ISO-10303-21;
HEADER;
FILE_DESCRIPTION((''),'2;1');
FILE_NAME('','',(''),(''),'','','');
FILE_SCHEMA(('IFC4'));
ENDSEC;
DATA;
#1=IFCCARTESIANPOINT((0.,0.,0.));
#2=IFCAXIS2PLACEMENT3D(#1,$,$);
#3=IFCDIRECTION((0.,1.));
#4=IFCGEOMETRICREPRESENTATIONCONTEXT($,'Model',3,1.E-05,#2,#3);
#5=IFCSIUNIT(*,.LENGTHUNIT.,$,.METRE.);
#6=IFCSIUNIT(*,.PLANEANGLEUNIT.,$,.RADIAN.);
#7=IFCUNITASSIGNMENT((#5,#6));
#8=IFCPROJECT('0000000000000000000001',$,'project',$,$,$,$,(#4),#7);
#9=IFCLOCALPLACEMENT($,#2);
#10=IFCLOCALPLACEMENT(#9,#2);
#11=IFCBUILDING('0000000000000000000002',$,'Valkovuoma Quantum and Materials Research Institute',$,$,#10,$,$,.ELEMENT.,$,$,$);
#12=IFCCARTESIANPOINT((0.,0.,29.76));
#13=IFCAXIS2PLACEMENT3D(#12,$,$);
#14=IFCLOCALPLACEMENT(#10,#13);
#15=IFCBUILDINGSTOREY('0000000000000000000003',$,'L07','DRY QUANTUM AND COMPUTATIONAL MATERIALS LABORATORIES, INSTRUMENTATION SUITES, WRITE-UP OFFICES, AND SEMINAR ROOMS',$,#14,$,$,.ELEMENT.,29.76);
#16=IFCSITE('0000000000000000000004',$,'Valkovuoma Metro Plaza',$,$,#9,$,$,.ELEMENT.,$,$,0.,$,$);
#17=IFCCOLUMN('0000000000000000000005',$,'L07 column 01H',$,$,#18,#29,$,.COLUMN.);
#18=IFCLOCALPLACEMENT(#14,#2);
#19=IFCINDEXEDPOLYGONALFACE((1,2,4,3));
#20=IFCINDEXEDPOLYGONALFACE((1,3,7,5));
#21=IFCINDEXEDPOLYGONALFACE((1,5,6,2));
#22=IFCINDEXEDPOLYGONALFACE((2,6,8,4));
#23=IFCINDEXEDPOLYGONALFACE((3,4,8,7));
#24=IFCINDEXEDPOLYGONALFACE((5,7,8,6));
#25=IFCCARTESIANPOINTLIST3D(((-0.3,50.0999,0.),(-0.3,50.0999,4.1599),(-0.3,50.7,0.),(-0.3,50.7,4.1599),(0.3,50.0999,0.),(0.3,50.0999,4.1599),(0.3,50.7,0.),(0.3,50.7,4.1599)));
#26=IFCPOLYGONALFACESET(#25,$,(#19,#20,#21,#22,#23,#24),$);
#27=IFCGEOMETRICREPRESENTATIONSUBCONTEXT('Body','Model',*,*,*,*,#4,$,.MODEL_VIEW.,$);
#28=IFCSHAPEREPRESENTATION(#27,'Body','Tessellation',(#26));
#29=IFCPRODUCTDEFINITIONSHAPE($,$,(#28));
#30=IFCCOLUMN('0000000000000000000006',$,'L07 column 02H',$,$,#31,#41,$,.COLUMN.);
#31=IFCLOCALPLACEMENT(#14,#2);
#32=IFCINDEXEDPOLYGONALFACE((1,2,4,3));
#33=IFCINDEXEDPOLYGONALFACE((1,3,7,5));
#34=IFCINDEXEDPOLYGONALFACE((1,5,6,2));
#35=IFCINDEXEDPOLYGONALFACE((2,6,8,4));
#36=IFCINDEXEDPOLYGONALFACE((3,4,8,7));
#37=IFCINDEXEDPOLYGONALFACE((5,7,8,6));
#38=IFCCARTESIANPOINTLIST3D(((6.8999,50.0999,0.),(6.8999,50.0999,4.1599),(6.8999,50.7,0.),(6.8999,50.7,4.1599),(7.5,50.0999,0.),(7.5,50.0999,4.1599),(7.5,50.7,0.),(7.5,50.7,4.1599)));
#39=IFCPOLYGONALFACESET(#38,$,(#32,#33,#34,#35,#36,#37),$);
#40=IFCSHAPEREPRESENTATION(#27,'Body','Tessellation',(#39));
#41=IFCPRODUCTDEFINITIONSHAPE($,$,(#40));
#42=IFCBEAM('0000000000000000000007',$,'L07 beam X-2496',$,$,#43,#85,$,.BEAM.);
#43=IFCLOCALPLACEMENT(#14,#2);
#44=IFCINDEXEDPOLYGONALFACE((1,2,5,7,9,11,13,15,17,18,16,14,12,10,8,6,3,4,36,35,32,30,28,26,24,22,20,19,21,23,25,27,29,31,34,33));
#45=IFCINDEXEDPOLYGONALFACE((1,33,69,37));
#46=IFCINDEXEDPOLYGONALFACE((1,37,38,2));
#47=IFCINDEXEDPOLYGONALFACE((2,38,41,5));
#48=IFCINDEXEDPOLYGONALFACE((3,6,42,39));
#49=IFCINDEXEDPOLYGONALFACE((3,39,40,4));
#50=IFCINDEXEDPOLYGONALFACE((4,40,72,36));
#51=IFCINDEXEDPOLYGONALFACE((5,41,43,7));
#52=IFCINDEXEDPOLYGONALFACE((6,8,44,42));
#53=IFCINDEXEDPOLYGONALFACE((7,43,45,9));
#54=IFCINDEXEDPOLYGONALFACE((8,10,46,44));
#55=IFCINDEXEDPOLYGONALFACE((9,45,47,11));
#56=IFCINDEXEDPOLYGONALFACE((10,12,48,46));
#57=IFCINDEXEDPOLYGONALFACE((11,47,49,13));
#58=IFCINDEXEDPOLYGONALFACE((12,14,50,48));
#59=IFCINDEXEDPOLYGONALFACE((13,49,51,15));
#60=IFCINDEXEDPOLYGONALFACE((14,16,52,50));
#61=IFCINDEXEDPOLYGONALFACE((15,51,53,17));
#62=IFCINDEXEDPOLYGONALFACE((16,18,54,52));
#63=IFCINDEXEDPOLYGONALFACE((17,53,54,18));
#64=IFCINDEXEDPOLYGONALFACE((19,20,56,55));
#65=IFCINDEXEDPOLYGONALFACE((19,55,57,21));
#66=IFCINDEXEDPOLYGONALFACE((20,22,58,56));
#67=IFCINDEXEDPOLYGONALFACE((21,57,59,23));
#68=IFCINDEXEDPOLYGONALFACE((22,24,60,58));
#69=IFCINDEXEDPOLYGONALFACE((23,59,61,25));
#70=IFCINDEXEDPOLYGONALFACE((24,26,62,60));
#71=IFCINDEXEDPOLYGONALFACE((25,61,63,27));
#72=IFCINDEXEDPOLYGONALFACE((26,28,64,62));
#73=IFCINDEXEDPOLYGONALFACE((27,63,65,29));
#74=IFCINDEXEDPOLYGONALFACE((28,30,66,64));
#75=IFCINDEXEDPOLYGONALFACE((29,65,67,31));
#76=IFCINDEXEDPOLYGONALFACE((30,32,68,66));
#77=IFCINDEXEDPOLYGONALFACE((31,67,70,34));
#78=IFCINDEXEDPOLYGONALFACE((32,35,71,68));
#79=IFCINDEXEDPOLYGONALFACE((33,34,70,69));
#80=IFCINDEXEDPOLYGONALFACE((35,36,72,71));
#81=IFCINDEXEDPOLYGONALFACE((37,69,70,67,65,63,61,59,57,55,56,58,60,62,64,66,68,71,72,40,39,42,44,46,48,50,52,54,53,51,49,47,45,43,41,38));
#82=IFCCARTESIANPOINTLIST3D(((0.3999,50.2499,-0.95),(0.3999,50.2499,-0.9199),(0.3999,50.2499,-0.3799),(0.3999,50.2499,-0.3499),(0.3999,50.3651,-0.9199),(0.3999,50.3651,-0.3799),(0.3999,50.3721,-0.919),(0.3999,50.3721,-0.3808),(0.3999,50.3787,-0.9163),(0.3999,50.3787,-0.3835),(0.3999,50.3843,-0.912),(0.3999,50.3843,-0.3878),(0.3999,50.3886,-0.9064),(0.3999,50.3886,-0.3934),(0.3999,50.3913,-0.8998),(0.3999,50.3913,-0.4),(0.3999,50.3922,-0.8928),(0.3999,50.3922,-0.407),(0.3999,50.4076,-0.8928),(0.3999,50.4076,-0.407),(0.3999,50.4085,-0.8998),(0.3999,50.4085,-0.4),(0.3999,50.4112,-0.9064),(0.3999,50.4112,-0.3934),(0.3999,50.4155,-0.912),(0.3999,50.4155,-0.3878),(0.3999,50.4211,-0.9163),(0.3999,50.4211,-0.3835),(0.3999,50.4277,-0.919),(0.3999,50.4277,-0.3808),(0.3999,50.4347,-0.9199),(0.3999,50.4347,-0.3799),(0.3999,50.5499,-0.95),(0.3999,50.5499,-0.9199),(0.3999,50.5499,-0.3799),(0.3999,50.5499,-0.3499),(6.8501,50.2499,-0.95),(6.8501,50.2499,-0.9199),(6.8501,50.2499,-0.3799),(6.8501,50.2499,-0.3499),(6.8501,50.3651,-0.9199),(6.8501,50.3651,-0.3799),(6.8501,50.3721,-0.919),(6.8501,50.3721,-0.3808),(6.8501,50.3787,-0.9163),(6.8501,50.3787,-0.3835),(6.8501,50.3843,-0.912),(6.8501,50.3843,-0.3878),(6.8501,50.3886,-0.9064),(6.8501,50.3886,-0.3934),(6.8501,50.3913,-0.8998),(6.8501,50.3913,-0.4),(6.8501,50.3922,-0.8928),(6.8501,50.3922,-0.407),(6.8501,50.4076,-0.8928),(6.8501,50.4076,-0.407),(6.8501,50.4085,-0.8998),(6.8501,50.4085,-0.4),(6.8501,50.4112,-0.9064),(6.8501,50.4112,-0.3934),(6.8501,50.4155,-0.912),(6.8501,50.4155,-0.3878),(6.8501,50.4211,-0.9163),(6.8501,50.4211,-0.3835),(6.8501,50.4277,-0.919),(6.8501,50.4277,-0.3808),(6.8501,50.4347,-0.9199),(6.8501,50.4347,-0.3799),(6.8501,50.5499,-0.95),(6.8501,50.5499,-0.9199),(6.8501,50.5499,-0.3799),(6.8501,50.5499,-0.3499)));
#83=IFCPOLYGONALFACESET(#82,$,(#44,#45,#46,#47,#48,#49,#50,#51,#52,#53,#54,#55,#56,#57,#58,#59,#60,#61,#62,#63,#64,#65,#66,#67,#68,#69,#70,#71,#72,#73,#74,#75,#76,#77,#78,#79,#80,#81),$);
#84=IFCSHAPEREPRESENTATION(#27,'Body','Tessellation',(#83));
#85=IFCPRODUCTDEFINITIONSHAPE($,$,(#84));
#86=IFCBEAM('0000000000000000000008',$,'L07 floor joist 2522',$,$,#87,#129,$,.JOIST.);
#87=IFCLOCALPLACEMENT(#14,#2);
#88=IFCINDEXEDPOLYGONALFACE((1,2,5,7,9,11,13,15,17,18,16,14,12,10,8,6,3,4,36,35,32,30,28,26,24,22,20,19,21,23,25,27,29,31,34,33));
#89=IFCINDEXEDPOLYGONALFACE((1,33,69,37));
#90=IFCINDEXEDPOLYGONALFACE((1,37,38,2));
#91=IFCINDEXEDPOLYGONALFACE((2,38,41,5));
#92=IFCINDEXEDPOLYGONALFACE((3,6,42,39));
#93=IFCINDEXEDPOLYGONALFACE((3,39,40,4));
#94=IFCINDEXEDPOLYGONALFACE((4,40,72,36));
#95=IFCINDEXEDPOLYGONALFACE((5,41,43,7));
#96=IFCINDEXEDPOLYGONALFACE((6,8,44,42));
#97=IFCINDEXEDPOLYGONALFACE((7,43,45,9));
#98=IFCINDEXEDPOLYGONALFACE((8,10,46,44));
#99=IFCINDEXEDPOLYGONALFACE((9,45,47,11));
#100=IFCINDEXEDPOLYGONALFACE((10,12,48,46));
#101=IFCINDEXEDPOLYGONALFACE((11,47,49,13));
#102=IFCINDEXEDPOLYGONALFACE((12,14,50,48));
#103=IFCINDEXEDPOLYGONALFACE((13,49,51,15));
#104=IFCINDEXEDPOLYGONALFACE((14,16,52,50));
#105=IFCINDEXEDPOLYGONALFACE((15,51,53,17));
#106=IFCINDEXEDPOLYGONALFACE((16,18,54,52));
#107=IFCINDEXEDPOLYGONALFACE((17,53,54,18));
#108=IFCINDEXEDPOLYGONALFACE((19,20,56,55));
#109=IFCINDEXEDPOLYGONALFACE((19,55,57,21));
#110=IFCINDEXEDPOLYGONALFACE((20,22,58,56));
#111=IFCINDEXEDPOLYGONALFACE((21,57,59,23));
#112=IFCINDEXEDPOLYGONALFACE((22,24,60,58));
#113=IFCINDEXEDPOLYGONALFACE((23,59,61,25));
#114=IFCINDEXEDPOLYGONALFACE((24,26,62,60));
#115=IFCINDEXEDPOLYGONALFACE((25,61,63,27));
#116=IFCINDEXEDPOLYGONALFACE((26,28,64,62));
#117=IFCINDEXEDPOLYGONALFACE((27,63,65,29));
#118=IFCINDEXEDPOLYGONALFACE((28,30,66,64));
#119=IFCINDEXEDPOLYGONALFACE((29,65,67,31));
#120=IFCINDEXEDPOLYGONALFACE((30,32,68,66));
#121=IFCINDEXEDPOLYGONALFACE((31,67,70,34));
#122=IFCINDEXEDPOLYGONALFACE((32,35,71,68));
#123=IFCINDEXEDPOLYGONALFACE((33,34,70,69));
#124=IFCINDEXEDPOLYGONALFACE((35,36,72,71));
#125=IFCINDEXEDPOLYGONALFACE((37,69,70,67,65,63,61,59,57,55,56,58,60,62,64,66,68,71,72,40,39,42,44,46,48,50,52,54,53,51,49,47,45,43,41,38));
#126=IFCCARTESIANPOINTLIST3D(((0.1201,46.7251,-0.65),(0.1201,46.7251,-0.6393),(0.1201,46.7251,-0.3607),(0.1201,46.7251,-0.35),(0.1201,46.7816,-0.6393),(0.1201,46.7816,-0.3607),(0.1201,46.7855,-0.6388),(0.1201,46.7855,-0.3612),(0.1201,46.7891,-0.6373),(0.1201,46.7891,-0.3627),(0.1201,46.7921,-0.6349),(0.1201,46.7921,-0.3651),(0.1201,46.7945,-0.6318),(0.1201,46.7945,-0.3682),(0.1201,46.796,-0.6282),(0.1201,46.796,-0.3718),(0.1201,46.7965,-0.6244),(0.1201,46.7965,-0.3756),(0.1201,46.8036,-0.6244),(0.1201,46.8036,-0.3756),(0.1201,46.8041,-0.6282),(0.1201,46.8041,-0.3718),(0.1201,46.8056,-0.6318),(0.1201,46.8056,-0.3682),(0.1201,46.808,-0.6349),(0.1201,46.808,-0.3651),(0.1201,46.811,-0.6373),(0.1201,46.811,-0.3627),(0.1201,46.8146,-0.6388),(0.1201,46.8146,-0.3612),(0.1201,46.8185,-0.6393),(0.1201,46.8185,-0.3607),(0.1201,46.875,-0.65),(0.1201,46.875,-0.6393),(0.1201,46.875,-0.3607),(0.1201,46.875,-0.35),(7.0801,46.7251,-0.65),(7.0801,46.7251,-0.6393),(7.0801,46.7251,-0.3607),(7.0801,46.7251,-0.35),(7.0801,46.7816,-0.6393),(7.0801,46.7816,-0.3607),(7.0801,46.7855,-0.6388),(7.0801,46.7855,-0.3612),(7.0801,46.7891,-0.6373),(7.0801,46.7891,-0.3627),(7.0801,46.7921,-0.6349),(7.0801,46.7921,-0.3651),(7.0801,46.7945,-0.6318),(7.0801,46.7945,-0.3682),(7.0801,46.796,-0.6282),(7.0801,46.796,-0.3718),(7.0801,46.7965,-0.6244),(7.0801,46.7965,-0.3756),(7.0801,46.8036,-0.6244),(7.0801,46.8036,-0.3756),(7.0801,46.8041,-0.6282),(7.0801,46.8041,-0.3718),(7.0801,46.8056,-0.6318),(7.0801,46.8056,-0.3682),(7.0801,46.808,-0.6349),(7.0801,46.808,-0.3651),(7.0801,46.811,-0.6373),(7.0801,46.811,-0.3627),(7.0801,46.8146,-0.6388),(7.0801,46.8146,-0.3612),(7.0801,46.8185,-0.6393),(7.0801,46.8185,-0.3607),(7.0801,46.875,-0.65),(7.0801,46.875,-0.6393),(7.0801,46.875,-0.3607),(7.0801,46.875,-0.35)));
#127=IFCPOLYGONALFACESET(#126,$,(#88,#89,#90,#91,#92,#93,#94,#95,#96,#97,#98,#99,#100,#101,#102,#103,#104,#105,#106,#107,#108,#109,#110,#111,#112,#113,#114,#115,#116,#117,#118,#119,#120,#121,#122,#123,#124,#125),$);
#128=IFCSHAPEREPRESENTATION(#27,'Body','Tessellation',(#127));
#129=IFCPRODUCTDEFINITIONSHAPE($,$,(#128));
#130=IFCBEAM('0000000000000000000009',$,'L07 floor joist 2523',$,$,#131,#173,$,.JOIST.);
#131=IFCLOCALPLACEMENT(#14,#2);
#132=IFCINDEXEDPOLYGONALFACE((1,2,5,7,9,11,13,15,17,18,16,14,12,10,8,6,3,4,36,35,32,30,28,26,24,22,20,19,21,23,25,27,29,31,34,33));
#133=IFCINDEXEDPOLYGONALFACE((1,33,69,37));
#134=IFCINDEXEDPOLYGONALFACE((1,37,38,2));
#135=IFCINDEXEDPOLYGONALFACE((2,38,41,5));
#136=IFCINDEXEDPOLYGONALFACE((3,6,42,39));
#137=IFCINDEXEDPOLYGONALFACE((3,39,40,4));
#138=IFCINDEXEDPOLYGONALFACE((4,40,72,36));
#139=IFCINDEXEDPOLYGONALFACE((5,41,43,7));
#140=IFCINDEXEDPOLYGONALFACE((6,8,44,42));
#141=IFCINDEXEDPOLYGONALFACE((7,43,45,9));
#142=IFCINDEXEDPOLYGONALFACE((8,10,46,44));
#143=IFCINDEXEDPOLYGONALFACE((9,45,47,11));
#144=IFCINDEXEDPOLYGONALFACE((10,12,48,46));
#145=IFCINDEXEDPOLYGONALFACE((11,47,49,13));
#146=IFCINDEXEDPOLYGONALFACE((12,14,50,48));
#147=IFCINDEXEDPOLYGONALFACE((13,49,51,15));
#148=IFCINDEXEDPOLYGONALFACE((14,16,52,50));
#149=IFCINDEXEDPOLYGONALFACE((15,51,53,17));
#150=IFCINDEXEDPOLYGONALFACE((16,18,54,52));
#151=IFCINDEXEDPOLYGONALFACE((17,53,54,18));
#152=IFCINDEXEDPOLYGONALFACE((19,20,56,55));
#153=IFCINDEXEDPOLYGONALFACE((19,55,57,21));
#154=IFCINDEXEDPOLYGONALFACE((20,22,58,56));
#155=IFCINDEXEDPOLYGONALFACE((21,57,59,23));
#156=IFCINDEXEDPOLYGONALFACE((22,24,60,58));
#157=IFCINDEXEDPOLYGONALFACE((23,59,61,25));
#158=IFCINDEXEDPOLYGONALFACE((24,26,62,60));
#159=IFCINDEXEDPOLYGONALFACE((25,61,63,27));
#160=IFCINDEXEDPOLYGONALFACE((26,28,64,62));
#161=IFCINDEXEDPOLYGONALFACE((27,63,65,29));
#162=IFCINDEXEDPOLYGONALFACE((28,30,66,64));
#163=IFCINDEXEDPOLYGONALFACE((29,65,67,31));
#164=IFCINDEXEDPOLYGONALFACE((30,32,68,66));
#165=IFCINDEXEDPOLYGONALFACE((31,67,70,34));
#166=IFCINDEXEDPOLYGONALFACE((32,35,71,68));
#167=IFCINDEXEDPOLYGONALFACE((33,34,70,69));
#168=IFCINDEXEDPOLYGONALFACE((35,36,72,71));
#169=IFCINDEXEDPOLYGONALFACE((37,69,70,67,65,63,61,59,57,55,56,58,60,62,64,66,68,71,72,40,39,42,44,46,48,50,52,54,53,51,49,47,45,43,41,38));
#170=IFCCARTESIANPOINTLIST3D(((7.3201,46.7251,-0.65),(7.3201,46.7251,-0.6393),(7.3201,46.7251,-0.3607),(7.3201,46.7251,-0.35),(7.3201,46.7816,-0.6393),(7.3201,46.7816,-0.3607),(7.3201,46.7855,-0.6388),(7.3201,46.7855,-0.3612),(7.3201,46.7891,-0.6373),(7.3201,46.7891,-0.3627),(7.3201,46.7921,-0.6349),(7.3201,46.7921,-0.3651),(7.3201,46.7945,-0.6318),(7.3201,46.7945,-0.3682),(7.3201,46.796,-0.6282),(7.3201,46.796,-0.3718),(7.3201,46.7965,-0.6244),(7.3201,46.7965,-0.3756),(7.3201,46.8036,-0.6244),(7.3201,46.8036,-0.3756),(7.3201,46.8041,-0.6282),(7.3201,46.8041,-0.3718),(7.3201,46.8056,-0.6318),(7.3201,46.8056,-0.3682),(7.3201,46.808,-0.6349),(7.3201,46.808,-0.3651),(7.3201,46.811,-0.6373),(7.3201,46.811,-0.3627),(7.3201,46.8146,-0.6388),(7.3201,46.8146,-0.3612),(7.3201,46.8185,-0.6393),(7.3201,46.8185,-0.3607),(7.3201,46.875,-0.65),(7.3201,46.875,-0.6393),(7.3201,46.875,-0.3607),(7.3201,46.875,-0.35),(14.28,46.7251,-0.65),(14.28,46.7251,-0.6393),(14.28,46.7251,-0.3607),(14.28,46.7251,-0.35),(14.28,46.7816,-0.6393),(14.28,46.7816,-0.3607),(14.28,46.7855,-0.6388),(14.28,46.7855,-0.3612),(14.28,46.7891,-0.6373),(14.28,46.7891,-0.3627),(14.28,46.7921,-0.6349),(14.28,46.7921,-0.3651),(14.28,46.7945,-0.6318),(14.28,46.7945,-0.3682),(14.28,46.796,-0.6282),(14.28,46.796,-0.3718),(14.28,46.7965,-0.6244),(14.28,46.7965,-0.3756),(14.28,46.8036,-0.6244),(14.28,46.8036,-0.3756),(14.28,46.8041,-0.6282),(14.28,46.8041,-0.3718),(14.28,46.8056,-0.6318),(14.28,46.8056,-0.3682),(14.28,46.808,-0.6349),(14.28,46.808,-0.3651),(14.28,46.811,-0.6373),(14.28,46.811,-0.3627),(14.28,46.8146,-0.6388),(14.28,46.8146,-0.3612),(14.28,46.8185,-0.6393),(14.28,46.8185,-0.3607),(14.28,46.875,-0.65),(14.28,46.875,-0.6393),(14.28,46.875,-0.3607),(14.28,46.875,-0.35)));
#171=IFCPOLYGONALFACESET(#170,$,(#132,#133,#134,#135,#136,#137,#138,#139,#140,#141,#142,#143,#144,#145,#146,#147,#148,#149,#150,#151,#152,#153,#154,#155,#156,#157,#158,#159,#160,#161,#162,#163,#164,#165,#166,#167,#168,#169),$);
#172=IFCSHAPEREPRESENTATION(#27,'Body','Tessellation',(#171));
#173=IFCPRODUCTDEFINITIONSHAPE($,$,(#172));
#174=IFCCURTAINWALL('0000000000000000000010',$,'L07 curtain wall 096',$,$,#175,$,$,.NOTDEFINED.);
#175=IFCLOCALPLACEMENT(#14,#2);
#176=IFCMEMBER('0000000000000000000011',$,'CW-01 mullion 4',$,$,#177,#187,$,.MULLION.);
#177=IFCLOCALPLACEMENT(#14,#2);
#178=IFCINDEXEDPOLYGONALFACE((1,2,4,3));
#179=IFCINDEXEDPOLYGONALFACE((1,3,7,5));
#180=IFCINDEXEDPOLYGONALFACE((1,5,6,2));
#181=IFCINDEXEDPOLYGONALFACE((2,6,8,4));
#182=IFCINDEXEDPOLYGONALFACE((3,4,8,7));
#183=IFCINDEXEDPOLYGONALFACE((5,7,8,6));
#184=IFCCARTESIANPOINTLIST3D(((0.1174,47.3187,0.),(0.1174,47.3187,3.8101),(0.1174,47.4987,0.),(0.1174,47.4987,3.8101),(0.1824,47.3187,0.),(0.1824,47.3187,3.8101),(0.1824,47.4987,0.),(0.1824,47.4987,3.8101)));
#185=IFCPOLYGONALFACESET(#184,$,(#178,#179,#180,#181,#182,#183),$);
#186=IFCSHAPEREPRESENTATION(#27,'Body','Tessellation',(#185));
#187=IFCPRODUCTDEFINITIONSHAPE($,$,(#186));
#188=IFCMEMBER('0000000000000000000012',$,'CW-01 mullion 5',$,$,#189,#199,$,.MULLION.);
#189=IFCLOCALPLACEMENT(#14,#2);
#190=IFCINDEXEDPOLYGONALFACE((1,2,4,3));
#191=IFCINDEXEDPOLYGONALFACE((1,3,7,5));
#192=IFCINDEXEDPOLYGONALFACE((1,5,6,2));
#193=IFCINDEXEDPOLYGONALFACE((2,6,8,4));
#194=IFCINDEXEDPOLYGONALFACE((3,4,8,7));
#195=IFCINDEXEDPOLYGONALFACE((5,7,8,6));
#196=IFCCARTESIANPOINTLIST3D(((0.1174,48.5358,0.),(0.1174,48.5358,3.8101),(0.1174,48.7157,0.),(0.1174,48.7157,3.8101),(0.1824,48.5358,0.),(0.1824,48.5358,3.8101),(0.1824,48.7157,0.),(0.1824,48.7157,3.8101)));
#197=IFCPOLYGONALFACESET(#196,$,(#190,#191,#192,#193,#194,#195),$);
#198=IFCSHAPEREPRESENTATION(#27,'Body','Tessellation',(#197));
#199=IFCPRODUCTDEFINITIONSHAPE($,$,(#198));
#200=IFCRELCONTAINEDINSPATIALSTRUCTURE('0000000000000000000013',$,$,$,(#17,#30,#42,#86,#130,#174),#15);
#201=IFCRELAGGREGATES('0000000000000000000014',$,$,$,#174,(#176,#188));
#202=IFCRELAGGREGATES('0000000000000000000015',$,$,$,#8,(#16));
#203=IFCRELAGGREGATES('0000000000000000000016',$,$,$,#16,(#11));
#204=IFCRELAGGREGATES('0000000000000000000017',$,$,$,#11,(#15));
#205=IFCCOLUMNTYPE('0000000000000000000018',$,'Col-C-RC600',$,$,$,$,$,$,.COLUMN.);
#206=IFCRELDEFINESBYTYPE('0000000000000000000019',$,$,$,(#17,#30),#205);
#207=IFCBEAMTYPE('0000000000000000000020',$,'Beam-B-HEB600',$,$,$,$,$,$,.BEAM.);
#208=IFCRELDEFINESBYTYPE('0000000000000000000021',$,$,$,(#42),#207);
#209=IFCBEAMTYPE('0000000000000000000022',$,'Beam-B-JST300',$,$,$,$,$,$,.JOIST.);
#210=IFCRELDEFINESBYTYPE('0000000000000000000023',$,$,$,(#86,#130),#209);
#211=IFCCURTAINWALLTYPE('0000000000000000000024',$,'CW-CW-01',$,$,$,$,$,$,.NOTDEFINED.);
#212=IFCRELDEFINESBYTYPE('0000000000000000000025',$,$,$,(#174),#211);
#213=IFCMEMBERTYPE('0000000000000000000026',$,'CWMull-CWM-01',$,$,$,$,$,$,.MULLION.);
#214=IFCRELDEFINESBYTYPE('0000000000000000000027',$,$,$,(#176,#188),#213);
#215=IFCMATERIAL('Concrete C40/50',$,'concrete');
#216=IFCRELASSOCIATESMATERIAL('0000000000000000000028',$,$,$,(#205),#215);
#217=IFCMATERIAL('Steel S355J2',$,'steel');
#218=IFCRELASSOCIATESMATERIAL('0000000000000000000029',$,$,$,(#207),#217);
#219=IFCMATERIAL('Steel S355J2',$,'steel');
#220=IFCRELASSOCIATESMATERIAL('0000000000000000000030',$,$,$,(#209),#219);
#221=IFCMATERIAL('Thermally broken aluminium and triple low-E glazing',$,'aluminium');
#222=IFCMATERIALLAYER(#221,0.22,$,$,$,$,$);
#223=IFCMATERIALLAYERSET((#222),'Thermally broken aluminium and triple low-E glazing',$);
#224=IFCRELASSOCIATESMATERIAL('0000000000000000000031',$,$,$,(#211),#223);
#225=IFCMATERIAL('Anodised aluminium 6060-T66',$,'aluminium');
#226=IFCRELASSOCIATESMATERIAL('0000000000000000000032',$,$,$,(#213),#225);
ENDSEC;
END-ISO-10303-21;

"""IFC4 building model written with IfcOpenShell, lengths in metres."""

from ifc_helpers import new_model, si_unit, direction, frame, origin, origin_2d, place, context, subcontext, project, spatial, rectangle, i_section, extrude, material, layer, layer_set, material_profile, profile_set, type_object, element, aggregate, save


model = new_model("IFC4")

# Units and contexts
model_context = context("Model", 3, precision=1e-05, world=origin(), true_north=direction((0.0, 1.0)))
body_context = subcontext(model_context, "Body", "Model", "MODEL_VIEW")
ifc_project = project(units=[si_unit("LENGTHUNIT", "METRE"), si_unit("PLANEANGLEUNIT", "RADIAN")], contexts=[model_context])

# Site, building, storey
site_placement = place(None, origin())
site = spatial("IfcSite", under=ifc_project, at=site_placement, Name="Valkovuoma Metro Plaza", CompositionType="ELEMENT", RefElevation=0.0)
building_placement = place(site_placement, origin())
building = spatial("IfcBuilding", under=site, at=building_placement, Name="Valkovuoma Quantum and Materials Research Institute", CompositionType="ELEMENT")
storey_placement = place(building_placement, frame((0.0, 0.0, 29.76)))
storey = spatial("IfcBuildingStorey", under=building, at=storey_placement, Name="L07", Description="DRY QUANTUM AND COMPUTATIONAL MATERIALS LABORATORIES, INSTRUMENTATION SUITES, WRITE-UP OFFICES, AND SEMINAR ROOMS", CompositionType="ELEMENT", Elevation=29.76)

# Columns
ifc_material_1 = material(Name="Concrete C40/50", Category="concrete")
ifc_material_profile_1 = material_profile(ifc_material_1, rectangle(XDim=0.6001, YDim=0.6001, at=origin_2d()), Name="Concrete C40/50")
ifc_profile_set_1 = profile_set([ifc_material_profile_1], Name="Concrete C40/50")
column_type = type_object("IfcColumnType", Name="Col-C-RC600", PredefinedType="COLUMN", material=ifc_profile_set_1)
for number, where, z_axis, x_axis, name in (
    (1, (0.0, 50.3999, 0.0), (0.0, 0.0, 1.0), (1.0, 0.0, 0.0), "L07 column 01H"),
    (2, (7.2, 50.3999, 0.0), (0.0, 0.0, 1.0), (1.0, 0.0, 0.0), "L07 column 02H"),
):
    element("IfcColumn", number, at=place(storey_placement, frame(where, z_axis=z_axis, x_axis=x_axis)), inside=storey, type_object=column_type, Name=name, PredefinedType="COLUMN", context=body_context, shape_type="SweptSolid", body=[
        extrude(rectangle(XDim=0.6001, YDim=0.6001, at=origin_2d()), origin(), (0.0, 0.0, 1.0), 4.1599),
    ])

# Beams
ifc_material_2 = material(Name="Steel S355J2", Category="steel")
ifc_material_profile_2 = material_profile(ifc_material_2, i_section(OverallWidth=0.3, OverallDepth=0.6001, WebThickness=0.0154, FlangeThickness=0.03, FilletRadius=0.0271, at=origin_2d()), Name="Steel S355J2")
ifc_profile_set_2 = profile_set([ifc_material_profile_2], Name="Steel S355J2")
beam_type_1 = type_object("IfcBeamType", Name="Beam-B-HEB600", PredefinedType="BEAM", material=ifc_profile_set_2)
beam_placement = place(storey_placement, frame((0.3999, 50.3999, -0.6499), z_axis=(1.0, 0.0, 0.0), x_axis=(0.0, 1.0, 0.0)))
element("IfcBeam", 3, at=beam_placement, inside=storey, type_object=beam_type_1, Name="L07 beam X-2496", PredefinedType="BEAM", context=body_context, shape_type="SweptSolid", body=[
    extrude(i_section(OverallWidth=0.3, OverallDepth=0.6001, WebThickness=0.0154, FlangeThickness=0.03, FilletRadius=0.0271, at=origin_2d()), origin(), (0.0, 0.0, 1.0), 6.4502),
])
ifc_material_3 = material(Name="Steel S355J2", Category="steel")
ifc_material_profile_3 = material_profile(ifc_material_3, i_section(OverallWidth=0.1499, OverallDepth=0.3, WebThickness=0.0071, FlangeThickness=0.0107, FilletRadius=0.0149, at=origin_2d()), Name="Steel S355J2")
ifc_profile_set_3 = profile_set([ifc_material_profile_3], Name="Steel S355J2")
beam_type_2 = type_object("IfcBeamType", Name="Beam-B-JST300", PredefinedType="JOIST", material=ifc_profile_set_3)
for number, where, z_axis, x_axis, name in (
    (4, (0.1201, 46.8, -0.5), (1.0, 0.0, 0.0), (0.0, 1.0, 0.0), "L07 floor joist 2522"),
    (5, (7.3201, 46.8, -0.5), (1.0, 0.0, 0.0), (0.0, 1.0, 0.0), "L07 floor joist 2523"),
):
    element("IfcBeam", number, at=place(storey_placement, frame(where, z_axis=z_axis, x_axis=x_axis)), inside=storey, type_object=beam_type_2, Name=name, PredefinedType="JOIST", context=body_context, shape_type="SweptSolid", body=[
        extrude(i_section(OverallWidth=0.1499, OverallDepth=0.3, WebThickness=0.0071, FlangeThickness=0.0107, FilletRadius=0.0149, at=origin_2d()), origin(), (0.0, 0.0, 1.0), 6.96),
    ])

# Curtain wall, members
ifc_material_4 = material(Name="Thermally broken aluminium and triple low-E glazing", Category="aluminium")
ifc_layer_1 = layer(ifc_material_4, 0.22)
ifc_layer_set_1 = layer_set([ifc_layer_1], Name="Thermally broken aluminium and triple low-E glazing")
curtain_wall_type = type_object("IfcCurtainWallType", Name="CW-CW-01", PredefinedType="NOTDEFINED", material=ifc_layer_set_1)
curtain_wall_1_placement = place(storey_placement, origin())
curtain_wall_1 = element("IfcCurtainWall", 6, at=curtain_wall_1_placement, inside=storey, type_object=curtain_wall_type, Name="L07 curtain wall 096", PredefinedType="NOTDEFINED")
ifc_material_5 = material(Name="Anodised aluminium 6060-T66", Category="aluminium")
ifc_material_profile_4 = material_profile(ifc_material_5, rectangle(XDim=0.0649, YDim=0.1799, at=origin_2d()), Name="Anodised aluminium 6060-T66")
ifc_profile_set_4 = profile_set([ifc_material_profile_4], Name="Anodised aluminium 6060-T66")
member_type_1 = type_object("IfcMemberType", Name="CWMull-CWM-01", PredefinedType="MULLION", material=ifc_profile_set_4)
member_1_placement = place(storey_placement, frame((0.1499, 47.4087, 0.0), z_axis=(0.0, 0.0, 1.0), x_axis=(-1.0, 0.0, 0.0)))
member_1 = element("IfcMember", 7, at=member_1_placement, type_object=member_type_1, Name="CW-01 mullion 4", PredefinedType="MULLION", context=body_context, shape_type="SweptSolid", body=[
    extrude(rectangle(XDim=0.0649, YDim=0.1799, at=origin_2d()), origin(), (0.0, 0.0, 1.0), 3.8101),
])
member_2_placement = place(storey_placement, frame((0.1499, 48.6257, 0.0), z_axis=(0.0, 0.0, 1.0), x_axis=(-1.0, 0.0, 0.0)))
member_2 = element("IfcMember", 8, at=member_2_placement, type_object=member_type_1, Name="CW-01 mullion 5", PredefinedType="MULLION", context=body_context, shape_type="SweptSolid", body=[
    extrude(rectangle(XDim=0.0649, YDim=0.1799, at=origin_2d()), origin(), (0.0, 0.0, 1.0), 3.8101),
])

aggregate(curtain_wall_1, [member_1, member_2])

save(model, "model.ifc")
